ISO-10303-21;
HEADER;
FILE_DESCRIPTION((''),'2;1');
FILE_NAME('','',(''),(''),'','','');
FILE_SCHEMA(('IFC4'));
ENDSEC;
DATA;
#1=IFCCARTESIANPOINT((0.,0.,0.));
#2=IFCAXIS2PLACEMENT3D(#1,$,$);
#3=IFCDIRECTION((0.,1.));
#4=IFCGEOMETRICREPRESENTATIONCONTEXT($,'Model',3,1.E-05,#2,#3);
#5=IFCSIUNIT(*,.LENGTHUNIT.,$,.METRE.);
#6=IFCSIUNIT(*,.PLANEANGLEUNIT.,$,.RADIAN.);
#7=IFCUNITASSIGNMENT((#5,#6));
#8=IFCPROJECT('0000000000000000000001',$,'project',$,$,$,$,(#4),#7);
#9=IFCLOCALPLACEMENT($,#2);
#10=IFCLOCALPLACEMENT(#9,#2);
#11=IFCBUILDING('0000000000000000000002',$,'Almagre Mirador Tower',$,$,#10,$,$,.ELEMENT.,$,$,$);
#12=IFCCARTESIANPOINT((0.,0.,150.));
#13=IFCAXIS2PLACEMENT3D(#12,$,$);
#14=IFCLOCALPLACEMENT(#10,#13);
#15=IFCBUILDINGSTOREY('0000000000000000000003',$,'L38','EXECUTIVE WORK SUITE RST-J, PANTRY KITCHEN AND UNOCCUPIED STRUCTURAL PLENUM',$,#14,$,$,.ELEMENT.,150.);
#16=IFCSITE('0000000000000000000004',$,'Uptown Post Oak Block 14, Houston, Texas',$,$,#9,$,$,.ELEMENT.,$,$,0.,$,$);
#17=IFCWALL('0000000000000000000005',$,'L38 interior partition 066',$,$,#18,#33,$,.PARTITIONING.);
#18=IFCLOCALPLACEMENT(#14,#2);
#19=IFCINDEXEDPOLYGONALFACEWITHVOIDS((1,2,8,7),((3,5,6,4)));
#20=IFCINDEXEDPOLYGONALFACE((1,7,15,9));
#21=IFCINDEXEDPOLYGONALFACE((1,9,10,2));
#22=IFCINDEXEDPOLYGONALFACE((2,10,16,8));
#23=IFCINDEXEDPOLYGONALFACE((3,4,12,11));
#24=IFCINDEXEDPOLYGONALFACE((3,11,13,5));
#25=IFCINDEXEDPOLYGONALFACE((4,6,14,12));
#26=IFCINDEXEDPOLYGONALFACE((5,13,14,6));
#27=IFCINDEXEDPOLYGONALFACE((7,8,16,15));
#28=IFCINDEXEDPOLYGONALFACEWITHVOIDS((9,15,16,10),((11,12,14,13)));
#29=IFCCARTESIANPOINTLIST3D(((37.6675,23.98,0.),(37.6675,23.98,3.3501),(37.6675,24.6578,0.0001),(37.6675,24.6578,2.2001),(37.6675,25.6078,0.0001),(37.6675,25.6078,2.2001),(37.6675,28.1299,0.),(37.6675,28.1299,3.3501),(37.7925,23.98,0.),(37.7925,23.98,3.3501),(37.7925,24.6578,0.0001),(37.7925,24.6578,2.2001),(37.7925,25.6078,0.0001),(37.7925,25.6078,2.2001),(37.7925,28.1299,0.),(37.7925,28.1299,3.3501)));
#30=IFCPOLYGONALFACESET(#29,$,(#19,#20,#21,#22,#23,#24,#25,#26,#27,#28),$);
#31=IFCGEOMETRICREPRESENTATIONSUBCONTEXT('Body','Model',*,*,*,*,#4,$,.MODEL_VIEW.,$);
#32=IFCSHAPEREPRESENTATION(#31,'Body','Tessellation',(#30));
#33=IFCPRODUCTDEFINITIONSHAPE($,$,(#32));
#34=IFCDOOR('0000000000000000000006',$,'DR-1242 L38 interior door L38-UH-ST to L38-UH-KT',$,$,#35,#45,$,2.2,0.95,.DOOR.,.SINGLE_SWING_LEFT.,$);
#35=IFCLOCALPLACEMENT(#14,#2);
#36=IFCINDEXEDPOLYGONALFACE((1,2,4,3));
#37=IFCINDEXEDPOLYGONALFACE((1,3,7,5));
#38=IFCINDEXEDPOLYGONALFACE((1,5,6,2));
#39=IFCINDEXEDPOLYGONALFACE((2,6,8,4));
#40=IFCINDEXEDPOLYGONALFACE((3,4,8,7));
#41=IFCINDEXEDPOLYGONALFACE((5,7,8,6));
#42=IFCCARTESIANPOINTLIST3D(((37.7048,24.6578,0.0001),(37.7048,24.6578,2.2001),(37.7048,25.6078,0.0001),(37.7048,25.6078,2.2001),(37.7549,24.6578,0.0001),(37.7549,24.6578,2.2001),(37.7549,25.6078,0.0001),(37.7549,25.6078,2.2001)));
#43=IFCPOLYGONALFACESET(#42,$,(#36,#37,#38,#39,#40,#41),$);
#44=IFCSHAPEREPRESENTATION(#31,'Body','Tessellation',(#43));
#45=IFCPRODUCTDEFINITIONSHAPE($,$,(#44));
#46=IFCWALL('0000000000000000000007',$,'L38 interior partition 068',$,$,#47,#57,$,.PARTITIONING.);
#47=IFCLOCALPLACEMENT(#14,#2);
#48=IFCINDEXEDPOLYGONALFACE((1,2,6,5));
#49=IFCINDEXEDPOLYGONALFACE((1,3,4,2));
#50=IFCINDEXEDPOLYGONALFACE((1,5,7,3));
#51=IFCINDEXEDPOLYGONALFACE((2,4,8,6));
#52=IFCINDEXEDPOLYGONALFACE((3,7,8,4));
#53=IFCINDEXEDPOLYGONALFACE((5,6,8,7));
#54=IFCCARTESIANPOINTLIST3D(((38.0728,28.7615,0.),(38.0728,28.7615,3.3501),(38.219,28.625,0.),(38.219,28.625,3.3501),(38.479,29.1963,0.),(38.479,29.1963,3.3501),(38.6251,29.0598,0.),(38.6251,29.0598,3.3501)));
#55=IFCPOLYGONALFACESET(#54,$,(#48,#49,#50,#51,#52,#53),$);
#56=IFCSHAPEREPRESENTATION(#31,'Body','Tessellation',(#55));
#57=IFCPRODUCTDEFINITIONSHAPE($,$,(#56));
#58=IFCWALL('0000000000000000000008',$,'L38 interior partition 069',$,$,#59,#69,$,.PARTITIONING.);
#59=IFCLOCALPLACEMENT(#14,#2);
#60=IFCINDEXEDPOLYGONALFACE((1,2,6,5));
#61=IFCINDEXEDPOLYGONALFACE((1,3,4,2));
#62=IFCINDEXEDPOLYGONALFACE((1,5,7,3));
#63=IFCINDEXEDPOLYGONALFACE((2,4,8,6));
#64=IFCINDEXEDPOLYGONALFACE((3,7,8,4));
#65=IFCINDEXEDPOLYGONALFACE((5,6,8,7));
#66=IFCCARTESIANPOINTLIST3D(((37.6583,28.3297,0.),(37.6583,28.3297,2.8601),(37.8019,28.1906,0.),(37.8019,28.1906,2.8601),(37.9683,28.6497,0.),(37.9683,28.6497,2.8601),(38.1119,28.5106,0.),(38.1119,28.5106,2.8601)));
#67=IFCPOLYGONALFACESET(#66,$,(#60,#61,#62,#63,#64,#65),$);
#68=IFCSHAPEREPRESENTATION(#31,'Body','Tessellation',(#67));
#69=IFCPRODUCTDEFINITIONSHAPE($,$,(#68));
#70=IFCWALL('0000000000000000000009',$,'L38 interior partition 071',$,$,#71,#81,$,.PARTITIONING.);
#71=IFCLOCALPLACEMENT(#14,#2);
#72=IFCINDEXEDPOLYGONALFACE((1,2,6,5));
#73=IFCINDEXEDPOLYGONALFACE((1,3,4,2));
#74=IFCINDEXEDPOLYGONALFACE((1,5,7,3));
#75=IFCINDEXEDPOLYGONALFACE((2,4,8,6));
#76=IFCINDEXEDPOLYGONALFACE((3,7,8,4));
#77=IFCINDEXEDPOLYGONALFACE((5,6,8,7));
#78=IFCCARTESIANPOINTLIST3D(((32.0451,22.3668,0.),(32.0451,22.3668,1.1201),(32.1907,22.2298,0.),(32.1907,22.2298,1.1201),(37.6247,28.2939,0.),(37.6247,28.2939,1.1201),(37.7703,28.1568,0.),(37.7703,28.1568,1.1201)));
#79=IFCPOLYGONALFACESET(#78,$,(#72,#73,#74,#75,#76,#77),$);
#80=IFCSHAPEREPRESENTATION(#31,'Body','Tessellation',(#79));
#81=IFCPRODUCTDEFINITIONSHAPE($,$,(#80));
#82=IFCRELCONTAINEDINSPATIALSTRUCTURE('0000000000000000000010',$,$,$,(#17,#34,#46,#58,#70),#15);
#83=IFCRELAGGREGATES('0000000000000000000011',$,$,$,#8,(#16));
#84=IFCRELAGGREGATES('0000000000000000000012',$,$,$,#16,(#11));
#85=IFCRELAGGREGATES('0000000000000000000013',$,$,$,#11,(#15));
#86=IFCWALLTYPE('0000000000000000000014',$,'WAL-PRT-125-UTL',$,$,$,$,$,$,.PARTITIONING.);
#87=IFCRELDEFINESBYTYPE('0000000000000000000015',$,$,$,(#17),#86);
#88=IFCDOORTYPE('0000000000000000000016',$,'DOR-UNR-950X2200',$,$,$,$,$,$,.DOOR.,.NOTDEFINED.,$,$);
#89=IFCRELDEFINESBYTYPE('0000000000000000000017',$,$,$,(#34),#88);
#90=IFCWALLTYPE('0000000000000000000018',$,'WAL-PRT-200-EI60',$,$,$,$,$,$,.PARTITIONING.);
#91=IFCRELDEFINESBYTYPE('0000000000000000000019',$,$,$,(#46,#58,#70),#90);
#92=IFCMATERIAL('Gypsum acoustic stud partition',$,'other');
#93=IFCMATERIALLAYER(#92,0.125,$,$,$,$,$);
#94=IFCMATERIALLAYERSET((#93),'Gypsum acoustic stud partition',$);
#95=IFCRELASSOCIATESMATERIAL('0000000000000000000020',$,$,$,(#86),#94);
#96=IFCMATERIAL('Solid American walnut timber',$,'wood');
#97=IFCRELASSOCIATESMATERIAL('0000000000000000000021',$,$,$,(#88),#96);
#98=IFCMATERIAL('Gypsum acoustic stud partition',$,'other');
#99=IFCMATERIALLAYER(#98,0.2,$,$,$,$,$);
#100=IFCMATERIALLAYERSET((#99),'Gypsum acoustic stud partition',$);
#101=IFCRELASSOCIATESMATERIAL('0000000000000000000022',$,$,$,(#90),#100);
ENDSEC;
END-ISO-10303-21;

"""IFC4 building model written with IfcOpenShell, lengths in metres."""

from ifc_helpers import new_model, si_unit, direction, frame, frame_2d, origin, place, context, subcontext, project, spatial, rectangle, extrude, material, layer, layer_set, type_object, element, fill, save


model = new_model("IFC4")

# Units and contexts
model_context = context("Model", 3, precision=1e-05, world=origin(), true_north=direction((0.0, 1.0)))
body_context = subcontext(model_context, "Body", "Model", "MODEL_VIEW")
ifc_project = project(units=[si_unit("LENGTHUNIT", "METRE"), si_unit("PLANEANGLEUNIT", "RADIAN")], contexts=[model_context])

# Site, building, storey
site_placement = place(None, origin())
site = spatial("IfcSite", under=ifc_project, at=site_placement, Name="Uptown Post Oak Block 14, Houston, Texas", CompositionType="ELEMENT", RefElevation=0.0)
building_placement = place(site_placement, origin())
building = spatial("IfcBuilding", under=site, at=building_placement, Name="Almagre Mirador Tower", CompositionType="ELEMENT")
storey_placement = place(building_placement, frame((0.0, 0.0, 150.0)))
storey = spatial("IfcBuildingStorey", under=building, at=storey_placement, Name="L38", Description="EXECUTIVE WORK SUITE RST-J, PANTRY KITCHEN AND UNOCCUPIED STRUCTURAL PLENUM", CompositionType="ELEMENT", Elevation=150.0)

# Wall, opening, door
ifc_material_1 = material(Name="Gypsum acoustic stud partition", Category="other")
ifc_layer_1 = layer(ifc_material_1, 0.125)
ifc_layer_set_1 = layer_set([ifc_layer_1], Name="Gypsum acoustic stud partition")
wall_type_1 = type_object("IfcWallType", Name="WAL-PRT-125-UTL", PredefinedType="PARTITIONING", material=ifc_layer_set_1)
wall_1_placement = place(storey_placement, frame((37.73, 28.1299, 0.0), z_axis=(0.0, 0.0, 1.0), x_axis=(0.0, -1.0, 0.0)))
wall_1 = element("IfcWall", 1, at=wall_1_placement, inside=storey, type_object=wall_type_1, Name="L38 interior partition 066", PredefinedType="PARTITIONING", context=body_context, shape_type="SweptSolid", body=[
    extrude(rectangle(XDim=4.1499, YDim=0.125, at=frame_2d((2.075, 0.0))), origin(), (0.0, 0.0, 1.0), 3.3501),
])
opening_placement = place(wall_1_placement, frame((2.522, 0.0, 0.0)))
opening = element("IfcOpeningElement", 2, at=opening_placement, cuts=wall_1, PredefinedType="OPENING", context=body_context, shape_type="SweptSolid", body=[
    extrude(rectangle(XDim=0.95, YDim=2.2, at=frame_2d((0.4751, 1.1001))), frame((0.0, 0.0725, 0.0), z_axis=(0.0, -1.0, 0.0), x_axis=(1.0, 0.0, 0.0)), (0.0, 0.0, 1.0), 0.145),
])
ifc_material_2 = material(Name="Solid American walnut timber", Category="wood")
door_type = type_object("IfcDoorType", Name="DOR-UNR-950X2200", OperationType="NOTDEFINED", PredefinedType="DOOR", material=ifc_material_2)
door_placement = place(opening_placement, origin())
door = element("IfcDoor", 3, at=door_placement, inside=storey, type_object=door_type, Name="DR-1242 L38 interior door L38-UH-ST to L38-UH-KT", OperationType="SINGLE_SWING_LEFT", OverallHeight=2.2, OverallWidth=0.95, PredefinedType="DOOR", context=body_context, shape_type="SweptSolid", body=[
    extrude(rectangle(XDim=0.95, YDim=2.2, at=frame_2d((0.4751, 1.1001))), frame((0.0, 0.0249, 0.0), z_axis=(0.0, -1.0, 0.0), x_axis=(1.0, 0.0, 0.0)), (0.0, 0.0, 1.0), 0.05),
])
fill(opening, door)

# Walls
ifc_material_3 = material(Name="Gypsum acoustic stud partition", Category="other")
ifc_layer_2 = layer(ifc_material_3, 0.2)
ifc_layer_set_2 = layer_set([ifc_layer_2], Name="Gypsum acoustic stud partition")
wall_type_2 = type_object("IfcWallType", Name="WAL-PRT-200-EI60", PredefinedType="PARTITIONING", material=ifc_layer_set_2)
wall_2_placement = place(storey_placement, frame((38.552, 29.1279, 0.0), z_axis=(0.0, 0.0, 1.0), x_axis=(-0.682698, -0.7307, 0.0)))
element("IfcWall", 4, at=wall_2_placement, inside=storey, type_object=wall_type_2, Name="L38 interior partition 068", PredefinedType="PARTITIONING", context=body_context, shape_type="SweptSolid", body=[
    extrude(rectangle(XDim=0.595, YDim=0.2, at=frame_2d((0.2974, 0.0))), origin(), (0.0, 0.0, 1.0), 3.3501),
])
wall_3_placement = place(storey_placement, frame((38.04, 28.5801, 0.0), z_axis=(0.0, 0.0, 1.0), x_axis=(-0.695786, -0.718249, 0.0)))
element("IfcWall", 5, at=wall_3_placement, inside=storey, type_object=wall_type_2, Name="L38 interior partition 069", PredefinedType="PARTITIONING", context=body_context, shape_type="SweptSolid", body=[
    extrude(rectangle(XDim=0.4456, YDim=0.2, at=frame_2d((0.2227, 0.0))), origin(), (0.0, 0.0, 1.0), 2.8601),
])
wall_4_placement = place(storey_placement, frame((37.6975, 28.2253, 0.0), z_axis=(0.0, 0.0, 1.0), x_axis=(-0.685445, -0.728124, 0.0)))
element("IfcWall", 6, at=wall_4_placement, inside=storey, type_object=wall_type_2, Name="L38 interior partition 071", PredefinedType="PARTITIONING", context=body_context, shape_type="SweptSolid", body=[
    extrude(rectangle(XDim=8.1401, YDim=0.2, at=frame_2d((4.0701, 0.0))), origin(), (0.0, 0.0, 1.0), 1.1201),
])

save(model, "model.ifc")
